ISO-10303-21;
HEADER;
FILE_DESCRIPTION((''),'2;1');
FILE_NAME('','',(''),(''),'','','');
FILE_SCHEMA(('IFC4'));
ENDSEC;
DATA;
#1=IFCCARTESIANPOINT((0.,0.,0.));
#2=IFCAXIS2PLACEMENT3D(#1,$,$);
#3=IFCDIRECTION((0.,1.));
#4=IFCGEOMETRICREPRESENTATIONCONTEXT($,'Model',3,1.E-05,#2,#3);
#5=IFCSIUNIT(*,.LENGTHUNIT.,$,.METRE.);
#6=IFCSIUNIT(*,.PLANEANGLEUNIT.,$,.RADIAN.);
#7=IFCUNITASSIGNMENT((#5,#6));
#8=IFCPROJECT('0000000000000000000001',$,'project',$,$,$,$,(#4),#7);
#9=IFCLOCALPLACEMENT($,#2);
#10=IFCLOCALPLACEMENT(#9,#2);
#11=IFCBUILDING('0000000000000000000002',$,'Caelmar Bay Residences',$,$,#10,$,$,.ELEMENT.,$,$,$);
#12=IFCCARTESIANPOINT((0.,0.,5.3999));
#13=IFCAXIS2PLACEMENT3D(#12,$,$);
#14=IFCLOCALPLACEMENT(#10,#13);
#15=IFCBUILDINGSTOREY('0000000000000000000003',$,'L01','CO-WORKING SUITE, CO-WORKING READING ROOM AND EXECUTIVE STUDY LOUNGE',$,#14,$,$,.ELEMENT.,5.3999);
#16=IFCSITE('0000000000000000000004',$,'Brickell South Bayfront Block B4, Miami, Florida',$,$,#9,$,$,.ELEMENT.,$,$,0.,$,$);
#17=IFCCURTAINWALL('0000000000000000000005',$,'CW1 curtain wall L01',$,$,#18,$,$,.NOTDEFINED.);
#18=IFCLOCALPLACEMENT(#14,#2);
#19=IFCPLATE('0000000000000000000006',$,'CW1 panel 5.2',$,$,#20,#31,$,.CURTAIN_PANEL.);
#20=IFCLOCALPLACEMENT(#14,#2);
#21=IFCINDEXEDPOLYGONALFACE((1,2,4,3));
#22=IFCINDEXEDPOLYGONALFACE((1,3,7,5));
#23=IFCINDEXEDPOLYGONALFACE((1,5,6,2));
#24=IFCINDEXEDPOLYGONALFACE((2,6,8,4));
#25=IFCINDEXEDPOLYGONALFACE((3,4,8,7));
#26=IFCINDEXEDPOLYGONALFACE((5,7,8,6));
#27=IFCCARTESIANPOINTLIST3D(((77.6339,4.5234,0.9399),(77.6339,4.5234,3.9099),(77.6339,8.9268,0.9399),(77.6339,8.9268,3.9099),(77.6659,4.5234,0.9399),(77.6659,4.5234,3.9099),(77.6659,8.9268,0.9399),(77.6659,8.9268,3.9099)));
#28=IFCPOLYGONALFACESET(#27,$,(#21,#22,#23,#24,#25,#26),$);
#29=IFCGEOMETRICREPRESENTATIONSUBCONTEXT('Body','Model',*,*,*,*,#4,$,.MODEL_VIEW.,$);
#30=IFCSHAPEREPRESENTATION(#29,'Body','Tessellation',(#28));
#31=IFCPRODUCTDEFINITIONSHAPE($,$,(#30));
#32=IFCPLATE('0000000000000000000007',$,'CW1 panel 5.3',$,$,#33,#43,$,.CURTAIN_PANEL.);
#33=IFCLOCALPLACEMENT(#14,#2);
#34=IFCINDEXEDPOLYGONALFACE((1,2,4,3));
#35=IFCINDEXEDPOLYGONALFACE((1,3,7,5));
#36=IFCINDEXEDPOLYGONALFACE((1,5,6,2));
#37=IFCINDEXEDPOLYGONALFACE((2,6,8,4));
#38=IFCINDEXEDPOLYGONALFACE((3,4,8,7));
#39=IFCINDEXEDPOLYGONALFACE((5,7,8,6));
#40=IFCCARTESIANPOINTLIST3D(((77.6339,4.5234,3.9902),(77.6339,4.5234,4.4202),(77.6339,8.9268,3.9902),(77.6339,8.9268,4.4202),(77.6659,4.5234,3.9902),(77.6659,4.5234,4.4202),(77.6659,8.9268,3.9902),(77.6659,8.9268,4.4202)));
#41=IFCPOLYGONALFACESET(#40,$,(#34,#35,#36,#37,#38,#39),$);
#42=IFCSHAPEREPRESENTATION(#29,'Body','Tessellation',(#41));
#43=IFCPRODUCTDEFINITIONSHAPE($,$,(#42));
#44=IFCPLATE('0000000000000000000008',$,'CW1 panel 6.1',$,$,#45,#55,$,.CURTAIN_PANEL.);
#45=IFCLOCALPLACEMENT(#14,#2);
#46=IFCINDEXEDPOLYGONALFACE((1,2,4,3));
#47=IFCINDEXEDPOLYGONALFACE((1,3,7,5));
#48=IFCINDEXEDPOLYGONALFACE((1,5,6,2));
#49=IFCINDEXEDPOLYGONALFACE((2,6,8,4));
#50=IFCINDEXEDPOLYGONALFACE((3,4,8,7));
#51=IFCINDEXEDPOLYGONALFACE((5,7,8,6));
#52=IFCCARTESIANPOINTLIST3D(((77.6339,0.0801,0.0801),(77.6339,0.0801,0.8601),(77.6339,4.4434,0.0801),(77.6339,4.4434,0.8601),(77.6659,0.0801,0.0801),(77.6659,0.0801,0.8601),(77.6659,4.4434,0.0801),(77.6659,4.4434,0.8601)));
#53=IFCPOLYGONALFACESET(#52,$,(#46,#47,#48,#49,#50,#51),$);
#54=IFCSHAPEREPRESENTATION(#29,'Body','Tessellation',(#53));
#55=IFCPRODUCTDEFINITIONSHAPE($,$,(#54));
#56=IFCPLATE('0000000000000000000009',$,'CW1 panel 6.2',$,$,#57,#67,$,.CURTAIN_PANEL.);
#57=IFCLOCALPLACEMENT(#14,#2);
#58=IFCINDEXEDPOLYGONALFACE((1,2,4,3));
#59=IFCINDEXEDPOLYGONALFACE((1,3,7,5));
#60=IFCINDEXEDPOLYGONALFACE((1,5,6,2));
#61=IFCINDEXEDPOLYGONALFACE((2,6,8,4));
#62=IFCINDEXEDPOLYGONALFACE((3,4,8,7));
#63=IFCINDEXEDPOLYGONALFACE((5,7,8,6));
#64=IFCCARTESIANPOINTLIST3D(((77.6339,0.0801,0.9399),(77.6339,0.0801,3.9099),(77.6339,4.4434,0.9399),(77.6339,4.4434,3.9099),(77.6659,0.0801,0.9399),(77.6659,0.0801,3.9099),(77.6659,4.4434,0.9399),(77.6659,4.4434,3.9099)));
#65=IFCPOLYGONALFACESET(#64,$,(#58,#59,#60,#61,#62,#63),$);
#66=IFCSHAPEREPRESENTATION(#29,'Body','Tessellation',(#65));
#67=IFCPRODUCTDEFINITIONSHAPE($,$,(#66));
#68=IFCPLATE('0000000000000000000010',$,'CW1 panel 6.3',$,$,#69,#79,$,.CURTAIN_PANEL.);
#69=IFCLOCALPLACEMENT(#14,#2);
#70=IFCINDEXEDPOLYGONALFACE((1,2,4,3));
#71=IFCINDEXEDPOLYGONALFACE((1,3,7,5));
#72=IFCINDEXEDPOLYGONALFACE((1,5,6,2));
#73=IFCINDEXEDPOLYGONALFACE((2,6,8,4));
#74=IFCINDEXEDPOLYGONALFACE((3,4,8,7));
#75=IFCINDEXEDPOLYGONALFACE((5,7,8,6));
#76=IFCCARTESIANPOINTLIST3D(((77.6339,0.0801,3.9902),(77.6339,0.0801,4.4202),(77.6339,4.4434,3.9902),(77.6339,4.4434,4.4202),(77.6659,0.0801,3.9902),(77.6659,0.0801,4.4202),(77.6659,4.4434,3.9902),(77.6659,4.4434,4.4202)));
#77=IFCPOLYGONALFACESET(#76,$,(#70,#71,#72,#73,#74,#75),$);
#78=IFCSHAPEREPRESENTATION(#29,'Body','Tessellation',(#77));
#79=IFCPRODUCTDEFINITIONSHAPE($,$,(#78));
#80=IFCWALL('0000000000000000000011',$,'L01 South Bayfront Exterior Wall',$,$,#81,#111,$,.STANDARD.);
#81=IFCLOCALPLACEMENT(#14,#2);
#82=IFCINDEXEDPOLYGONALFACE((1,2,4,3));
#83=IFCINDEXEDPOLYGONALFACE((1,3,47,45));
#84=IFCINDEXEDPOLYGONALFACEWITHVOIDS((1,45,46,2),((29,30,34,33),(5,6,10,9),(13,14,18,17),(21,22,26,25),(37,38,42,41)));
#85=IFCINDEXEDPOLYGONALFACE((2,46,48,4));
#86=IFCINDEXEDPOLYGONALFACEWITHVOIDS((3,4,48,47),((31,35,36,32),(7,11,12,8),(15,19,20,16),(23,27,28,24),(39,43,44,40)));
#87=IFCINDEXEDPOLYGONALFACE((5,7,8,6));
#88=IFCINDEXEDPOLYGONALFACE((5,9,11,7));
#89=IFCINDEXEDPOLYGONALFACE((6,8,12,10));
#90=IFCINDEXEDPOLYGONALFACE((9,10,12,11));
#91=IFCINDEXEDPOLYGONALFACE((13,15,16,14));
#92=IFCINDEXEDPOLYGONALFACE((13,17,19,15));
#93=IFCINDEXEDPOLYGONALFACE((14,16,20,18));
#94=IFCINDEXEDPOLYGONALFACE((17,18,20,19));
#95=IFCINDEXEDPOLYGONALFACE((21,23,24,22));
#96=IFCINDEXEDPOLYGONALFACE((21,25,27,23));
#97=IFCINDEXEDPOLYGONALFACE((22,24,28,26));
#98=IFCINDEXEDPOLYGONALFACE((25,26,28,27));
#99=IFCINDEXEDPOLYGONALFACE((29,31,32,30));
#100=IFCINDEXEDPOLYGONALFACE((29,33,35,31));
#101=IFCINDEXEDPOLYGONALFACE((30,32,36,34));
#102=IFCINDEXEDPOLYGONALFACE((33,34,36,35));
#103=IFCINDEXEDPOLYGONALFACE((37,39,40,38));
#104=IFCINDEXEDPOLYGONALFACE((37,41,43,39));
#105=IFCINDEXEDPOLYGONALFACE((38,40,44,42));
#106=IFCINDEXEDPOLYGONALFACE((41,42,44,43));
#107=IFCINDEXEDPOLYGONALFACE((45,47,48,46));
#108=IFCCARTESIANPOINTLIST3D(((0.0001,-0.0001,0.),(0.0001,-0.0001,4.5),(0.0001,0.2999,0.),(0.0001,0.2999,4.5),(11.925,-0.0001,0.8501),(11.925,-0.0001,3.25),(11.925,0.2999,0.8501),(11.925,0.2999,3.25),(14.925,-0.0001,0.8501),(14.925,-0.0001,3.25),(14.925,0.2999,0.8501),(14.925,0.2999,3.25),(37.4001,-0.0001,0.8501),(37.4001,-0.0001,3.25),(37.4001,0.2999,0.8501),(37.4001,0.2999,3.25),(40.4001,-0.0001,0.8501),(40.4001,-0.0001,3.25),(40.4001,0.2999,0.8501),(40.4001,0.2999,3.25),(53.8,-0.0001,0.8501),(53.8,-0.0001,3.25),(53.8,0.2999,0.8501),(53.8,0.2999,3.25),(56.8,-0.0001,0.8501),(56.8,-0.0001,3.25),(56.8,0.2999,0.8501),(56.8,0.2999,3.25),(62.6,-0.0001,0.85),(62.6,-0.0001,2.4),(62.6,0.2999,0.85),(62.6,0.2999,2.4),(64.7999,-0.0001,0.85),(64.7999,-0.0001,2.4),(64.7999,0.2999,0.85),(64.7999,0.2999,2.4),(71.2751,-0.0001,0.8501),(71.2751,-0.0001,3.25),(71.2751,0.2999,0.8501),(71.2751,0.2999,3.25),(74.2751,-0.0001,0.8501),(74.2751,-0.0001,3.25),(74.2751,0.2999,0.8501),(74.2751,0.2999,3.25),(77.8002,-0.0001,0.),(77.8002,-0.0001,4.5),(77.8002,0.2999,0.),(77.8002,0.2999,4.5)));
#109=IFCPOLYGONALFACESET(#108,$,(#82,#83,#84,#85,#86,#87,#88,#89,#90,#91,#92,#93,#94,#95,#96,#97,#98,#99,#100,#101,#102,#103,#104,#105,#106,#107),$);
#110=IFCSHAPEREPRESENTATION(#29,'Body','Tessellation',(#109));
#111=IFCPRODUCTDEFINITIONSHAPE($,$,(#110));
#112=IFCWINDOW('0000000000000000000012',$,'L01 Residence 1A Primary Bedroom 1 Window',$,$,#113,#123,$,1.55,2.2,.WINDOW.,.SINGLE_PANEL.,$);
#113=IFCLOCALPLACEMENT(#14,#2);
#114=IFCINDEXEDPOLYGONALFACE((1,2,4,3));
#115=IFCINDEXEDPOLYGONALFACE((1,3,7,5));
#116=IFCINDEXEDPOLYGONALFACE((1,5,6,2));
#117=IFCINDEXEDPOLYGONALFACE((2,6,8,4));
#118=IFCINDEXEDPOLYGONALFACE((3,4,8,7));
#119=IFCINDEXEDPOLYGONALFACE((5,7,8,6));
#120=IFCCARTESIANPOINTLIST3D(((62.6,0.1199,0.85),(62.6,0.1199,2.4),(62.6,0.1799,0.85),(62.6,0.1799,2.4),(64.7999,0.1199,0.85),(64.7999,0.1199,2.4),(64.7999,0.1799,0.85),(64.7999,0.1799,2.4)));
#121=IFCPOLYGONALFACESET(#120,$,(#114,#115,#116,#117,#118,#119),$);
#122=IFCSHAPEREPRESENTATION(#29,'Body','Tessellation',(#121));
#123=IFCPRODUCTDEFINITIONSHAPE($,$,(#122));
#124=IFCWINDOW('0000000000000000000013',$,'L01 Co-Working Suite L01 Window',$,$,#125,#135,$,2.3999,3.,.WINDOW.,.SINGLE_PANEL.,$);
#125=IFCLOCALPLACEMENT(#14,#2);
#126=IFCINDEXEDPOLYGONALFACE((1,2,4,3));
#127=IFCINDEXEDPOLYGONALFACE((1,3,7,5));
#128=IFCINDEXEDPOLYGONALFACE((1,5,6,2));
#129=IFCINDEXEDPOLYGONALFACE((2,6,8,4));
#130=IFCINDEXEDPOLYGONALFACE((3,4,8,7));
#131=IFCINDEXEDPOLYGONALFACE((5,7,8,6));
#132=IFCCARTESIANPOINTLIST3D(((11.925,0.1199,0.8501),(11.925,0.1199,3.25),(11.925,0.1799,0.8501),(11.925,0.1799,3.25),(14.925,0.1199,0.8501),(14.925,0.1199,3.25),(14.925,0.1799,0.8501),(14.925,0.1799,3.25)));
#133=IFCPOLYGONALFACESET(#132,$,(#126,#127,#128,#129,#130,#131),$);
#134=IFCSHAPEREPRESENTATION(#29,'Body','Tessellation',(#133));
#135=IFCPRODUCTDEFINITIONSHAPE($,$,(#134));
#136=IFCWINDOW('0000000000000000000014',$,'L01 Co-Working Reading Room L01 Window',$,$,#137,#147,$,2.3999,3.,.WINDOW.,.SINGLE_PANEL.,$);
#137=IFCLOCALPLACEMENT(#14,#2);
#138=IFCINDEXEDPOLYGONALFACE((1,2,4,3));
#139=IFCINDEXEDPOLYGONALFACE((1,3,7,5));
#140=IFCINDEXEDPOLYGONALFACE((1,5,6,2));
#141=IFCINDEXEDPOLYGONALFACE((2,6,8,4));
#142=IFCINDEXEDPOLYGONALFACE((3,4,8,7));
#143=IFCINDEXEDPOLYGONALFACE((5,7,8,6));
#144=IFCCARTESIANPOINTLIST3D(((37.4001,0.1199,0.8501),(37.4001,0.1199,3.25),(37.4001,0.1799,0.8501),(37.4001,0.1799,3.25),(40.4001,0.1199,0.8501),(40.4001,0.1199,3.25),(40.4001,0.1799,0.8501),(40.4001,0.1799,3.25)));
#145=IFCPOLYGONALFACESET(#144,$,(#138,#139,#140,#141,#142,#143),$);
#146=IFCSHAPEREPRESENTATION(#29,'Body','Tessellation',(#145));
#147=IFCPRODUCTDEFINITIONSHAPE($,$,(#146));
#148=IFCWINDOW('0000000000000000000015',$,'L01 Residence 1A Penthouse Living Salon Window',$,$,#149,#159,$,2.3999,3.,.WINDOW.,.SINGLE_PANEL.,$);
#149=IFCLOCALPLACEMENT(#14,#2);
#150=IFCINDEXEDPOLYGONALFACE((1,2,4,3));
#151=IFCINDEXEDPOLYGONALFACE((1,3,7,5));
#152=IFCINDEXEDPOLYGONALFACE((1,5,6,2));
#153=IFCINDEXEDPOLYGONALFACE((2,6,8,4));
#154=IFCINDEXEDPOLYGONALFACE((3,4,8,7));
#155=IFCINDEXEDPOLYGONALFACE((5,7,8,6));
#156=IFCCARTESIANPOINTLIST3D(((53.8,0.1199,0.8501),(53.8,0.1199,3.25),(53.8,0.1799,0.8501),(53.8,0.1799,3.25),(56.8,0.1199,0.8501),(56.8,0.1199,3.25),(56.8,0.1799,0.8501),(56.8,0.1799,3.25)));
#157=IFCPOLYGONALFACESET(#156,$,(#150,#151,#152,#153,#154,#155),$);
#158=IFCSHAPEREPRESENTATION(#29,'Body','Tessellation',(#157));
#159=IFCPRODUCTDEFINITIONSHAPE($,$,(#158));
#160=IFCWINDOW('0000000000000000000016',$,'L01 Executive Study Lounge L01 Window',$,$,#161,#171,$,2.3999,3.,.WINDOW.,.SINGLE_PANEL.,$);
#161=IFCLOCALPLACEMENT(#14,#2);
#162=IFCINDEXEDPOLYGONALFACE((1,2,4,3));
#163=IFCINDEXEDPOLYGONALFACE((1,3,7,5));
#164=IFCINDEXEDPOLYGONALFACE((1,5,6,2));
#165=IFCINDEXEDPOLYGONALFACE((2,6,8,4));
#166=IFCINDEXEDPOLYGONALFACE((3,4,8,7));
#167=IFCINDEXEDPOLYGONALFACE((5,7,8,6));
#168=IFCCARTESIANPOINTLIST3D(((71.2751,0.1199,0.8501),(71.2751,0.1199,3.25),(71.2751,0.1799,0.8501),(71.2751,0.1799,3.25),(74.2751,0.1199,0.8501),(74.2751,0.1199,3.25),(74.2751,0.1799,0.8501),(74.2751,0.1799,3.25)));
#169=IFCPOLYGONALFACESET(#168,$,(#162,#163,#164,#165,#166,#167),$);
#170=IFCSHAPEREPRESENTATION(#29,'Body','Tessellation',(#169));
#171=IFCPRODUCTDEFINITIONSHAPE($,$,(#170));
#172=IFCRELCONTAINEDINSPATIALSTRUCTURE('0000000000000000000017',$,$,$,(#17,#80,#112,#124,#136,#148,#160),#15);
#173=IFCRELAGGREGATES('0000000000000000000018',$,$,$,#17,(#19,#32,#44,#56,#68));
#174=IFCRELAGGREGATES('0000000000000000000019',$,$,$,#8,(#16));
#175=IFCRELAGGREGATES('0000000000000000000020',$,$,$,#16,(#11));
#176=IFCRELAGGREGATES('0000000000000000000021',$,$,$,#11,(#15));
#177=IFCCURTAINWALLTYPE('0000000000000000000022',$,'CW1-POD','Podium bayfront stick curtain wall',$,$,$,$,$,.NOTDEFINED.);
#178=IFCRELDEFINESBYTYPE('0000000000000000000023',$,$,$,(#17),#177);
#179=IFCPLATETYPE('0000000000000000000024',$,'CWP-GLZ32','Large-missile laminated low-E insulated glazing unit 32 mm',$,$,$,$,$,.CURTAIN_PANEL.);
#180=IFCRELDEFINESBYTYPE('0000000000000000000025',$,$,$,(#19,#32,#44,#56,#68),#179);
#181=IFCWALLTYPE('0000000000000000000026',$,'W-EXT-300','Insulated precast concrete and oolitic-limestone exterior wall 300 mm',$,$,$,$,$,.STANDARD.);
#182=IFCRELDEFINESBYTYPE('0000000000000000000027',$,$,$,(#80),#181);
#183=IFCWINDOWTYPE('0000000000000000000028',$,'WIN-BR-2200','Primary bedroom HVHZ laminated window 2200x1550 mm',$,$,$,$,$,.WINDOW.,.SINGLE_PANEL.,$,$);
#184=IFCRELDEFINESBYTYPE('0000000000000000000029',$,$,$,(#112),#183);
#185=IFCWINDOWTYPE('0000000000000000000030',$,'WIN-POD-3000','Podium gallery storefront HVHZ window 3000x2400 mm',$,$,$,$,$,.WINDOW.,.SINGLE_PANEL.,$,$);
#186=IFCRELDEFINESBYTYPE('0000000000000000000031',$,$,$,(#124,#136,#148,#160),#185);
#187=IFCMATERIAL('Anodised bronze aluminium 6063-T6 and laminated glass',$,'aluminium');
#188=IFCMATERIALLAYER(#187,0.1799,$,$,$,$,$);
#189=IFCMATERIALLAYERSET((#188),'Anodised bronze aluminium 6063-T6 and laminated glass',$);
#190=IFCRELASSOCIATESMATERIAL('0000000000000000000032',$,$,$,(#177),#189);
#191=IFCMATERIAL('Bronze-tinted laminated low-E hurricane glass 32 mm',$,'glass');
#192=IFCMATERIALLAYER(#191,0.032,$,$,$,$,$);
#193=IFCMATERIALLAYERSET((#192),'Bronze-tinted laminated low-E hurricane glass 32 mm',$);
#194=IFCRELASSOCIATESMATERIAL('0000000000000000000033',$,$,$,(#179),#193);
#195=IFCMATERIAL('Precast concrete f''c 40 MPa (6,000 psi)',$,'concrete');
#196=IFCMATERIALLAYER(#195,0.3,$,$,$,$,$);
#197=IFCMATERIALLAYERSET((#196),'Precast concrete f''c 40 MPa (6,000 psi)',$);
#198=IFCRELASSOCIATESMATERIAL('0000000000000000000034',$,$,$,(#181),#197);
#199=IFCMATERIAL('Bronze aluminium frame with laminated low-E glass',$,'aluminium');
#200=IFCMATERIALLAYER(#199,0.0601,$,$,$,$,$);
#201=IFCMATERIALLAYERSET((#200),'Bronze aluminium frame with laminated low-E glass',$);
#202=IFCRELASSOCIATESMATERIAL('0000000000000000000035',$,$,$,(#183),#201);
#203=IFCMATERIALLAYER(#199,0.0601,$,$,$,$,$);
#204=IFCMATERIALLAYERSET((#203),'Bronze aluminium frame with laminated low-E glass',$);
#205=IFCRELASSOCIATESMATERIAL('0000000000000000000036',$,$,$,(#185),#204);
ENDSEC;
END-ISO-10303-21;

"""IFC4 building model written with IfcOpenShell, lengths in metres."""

from ifc_helpers import new_model, si_unit, direction, frame, frame_2d, origin, origin_2d, place, context, subcontext, project, spatial, rectangle, extrude, material, layer, layer_set, type_object, element, fill, aggregate, save


model = new_model("IFC4")

# Units and contexts
model_context = context("Model", 3, precision=1e-05, world=origin(), true_north=direction((0.0, 1.0)))
body_context = subcontext(model_context, "Body", "Model", "MODEL_VIEW")
ifc_project = project(units=[si_unit("LENGTHUNIT", "METRE"), si_unit("PLANEANGLEUNIT", "RADIAN")], contexts=[model_context])

# Site, building, storey
site_placement = place(None, origin())
site = spatial("IfcSite", under=ifc_project, at=site_placement, Name="Brickell South Bayfront Block B4, Miami, Florida", CompositionType="ELEMENT", RefElevation=0.0)
building_placement = place(site_placement, origin())
building = spatial("IfcBuilding", under=site, at=building_placement, Name="Caelmar Bay Residences", CompositionType="ELEMENT")
storey_placement = place(building_placement, frame((0.0, 0.0, 5.3999)))
storey = spatial("IfcBuildingStorey", under=building, at=storey_placement, Name="L01", Description="CO-WORKING SUITE, CO-WORKING READING ROOM AND EXECUTIVE STUDY LOUNGE", CompositionType="ELEMENT", Elevation=5.3999)

# Curtain wall, plates
ifc_material_1 = material(Name="Anodised bronze aluminium 6063-T6 and laminated glass", Category="aluminium")
ifc_layer_1 = layer(ifc_material_1, 0.1799)
ifc_layer_set_1 = layer_set([ifc_layer_1], Name="Anodised bronze aluminium 6063-T6 and laminated glass")
curtain_wall_type = type_object("IfcCurtainWallType", Name="CW1-POD", Description="Podium bayfront stick curtain wall", PredefinedType="NOTDEFINED", material=ifc_layer_set_1)
curtain_wall_placement = place(storey_placement, origin())
curtain_wall = element("IfcCurtainWall", 1, at=curtain_wall_placement, inside=storey, type_object=curtain_wall_type, Name="CW1 curtain wall L01", PredefinedType="NOTDEFINED")
ifc_material_2 = material(Name="Bronze-tinted laminated low-E hurricane glass 32 mm", Category="glass")
ifc_layer_2 = layer(ifc_material_2, 0.032)
ifc_layer_set_2 = layer_set([ifc_layer_2], Name="Bronze-tinted laminated low-E hurricane glass 32 mm")
plate_type = type_object("IfcPlateType", Name="CWP-GLZ32", Description="Large-missile laminated low-E insulated glazing unit 32 mm", PredefinedType="CURTAIN_PANEL", material=ifc_layer_set_2)
plate_1_placement = place(storey_placement, frame((77.6499, 6.7251, 0.9399), z_axis=(0.0, 0.0, 1.0), x_axis=(0.0, -1.0, 0.0)))
plate_1 = element("IfcPlate", 2, at=plate_1_placement, type_object=plate_type, Name="CW1 panel 5.2", PredefinedType="CURTAIN_PANEL", context=body_context, shape_type="SweptSolid", body=[
    extrude(rectangle(XDim=4.4033, YDim=0.032, at=origin_2d()), origin(), (0.0, 0.0, 1.0), 2.97),
])
plate_2_placement = place(storey_placement, frame((77.6499, 6.7251, 3.9902), z_axis=(0.0, 0.0, 1.0), x_axis=(0.0, -1.0, 0.0)))
plate_2 = element("IfcPlate", 3, at=plate_2_placement, type_object=plate_type, Name="CW1 panel 5.3", PredefinedType="CURTAIN_PANEL", context=body_context, shape_type="SweptSolid", body=[
    extrude(rectangle(XDim=4.4033, YDim=0.032, at=origin_2d()), origin(), (0.0, 0.0, 1.0), 0.4299),
])
plate_3_placement = place(storey_placement, frame((77.6499, 2.2617, 0.0801), z_axis=(0.0, 0.0, 1.0), x_axis=(0.0, -1.0, 0.0)))
plate_3 = element("IfcPlate", 4, at=plate_3_placement, type_object=plate_type, Name="CW1 panel 6.1", PredefinedType="CURTAIN_PANEL", context=body_context, shape_type="SweptSolid", body=[
    extrude(rectangle(XDim=4.3633, YDim=0.032, at=origin_2d()), origin(), (0.0, 0.0, 1.0), 0.78),
])
plate_4_placement = place(storey_placement, frame((77.6499, 2.2617, 0.9399), z_axis=(0.0, 0.0, 1.0), x_axis=(0.0, -1.0, 0.0)))
plate_4 = element("IfcPlate", 5, at=plate_4_placement, type_object=plate_type, Name="CW1 panel 6.2", PredefinedType="CURTAIN_PANEL", context=body_context, shape_type="SweptSolid", body=[
    extrude(rectangle(XDim=4.3633, YDim=0.032, at=origin_2d()), origin(), (0.0, 0.0, 1.0), 2.97),
])
plate_5_placement = place(storey_placement, frame((77.6499, 2.2617, 3.9902), z_axis=(0.0, 0.0, 1.0), x_axis=(0.0, -1.0, 0.0)))
plate_5 = element("IfcPlate", 6, at=plate_5_placement, type_object=plate_type, Name="CW1 panel 6.3", PredefinedType="CURTAIN_PANEL", context=body_context, shape_type="SweptSolid", body=[
    extrude(rectangle(XDim=4.3633, YDim=0.032, at=origin_2d()), origin(), (0.0, 0.0, 1.0), 0.4299),
])
aggregate(curtain_wall, [plate_1, plate_2, plate_3, plate_4, plate_5])

# Wall, openings, windows
ifc_material_3 = material(Name="Precast concrete f'c 40 MPa (6,000 psi)", Category="concrete")
ifc_layer_3 = layer(ifc_material_3, 0.3)
ifc_layer_set_3 = layer_set([ifc_layer_3], Name="Precast concrete f'c 40 MPa (6,000 psi)")
wall_type = type_object("IfcWallType", Name="W-EXT-300", Description="Insulated precast concrete and oolitic-limestone exterior wall 300 mm", PredefinedType="STANDARD", material=ifc_layer_set_3)
wall_placement = place(storey_placement, frame((77.8, 0.1499, 0.0), z_axis=(0.0, 0.0, 1.0), x_axis=(-1.0, 0.0, 0.0)))
wall = element("IfcWall", 7, at=wall_placement, inside=storey, type_object=wall_type, Name="L01 South Bayfront Exterior Wall", PredefinedType="STANDARD", context=body_context, shape_type="SweptSolid", body=[
    extrude(rectangle(XDim=77.8, YDim=0.3, at=frame_2d((38.8999, 0.0))), origin(), (0.0, 0.0, 1.0), 4.5),
])
opening_1_placement = place(wall_placement, frame((62.875, 0.0, 0.8501)))
opening_1 = element("IfcOpeningElement", 8, at=opening_1_placement, cuts=wall, PredefinedType="OPENING", context=body_context, shape_type="SweptSolid", body=[
    extrude(rectangle(XDim=3.0, YDim=2.3999, at=frame_2d((1.5, 1.2))), frame((0.0, 0.1599, 0.0), z_axis=(0.0, -1.0, 0.0), x_axis=(1.0, 0.0, 0.0)), (0.0, 0.0, 1.0), 0.3201),
])
opening_2_placement = place(wall_placement, frame((37.3999, 0.0, 0.8501)))
opening_2 = element("IfcOpeningElement", 9, at=opening_2_placement, cuts=wall, PredefinedType="OPENING", context=body_context, shape_type="SweptSolid", body=[
    extrude(rectangle(XDim=3.0, YDim=2.3999, at=frame_2d((1.5, 1.2))), frame((0.0, 0.1599, 0.0), z_axis=(0.0, -1.0, 0.0), x_axis=(1.0, 0.0, 0.0)), (0.0, 0.0, 1.0), 0.3201),
])
opening_3_placement = place(wall_placement, frame((21.0, 0.0, 0.8501)))
opening_3 = element("IfcOpeningElement", 10, at=opening_3_placement, cuts=wall, PredefinedType="OPENING", context=body_context, shape_type="SweptSolid", body=[
    extrude(rectangle(XDim=3.0, YDim=2.3999, at=frame_2d((1.5, 1.2))), frame((0.0, 0.1599, 0.0), z_axis=(0.0, -1.0, 0.0), x_axis=(1.0, 0.0, 0.0)), (0.0, 0.0, 1.0), 0.3201),
])
opening_4_placement = place(wall_placement, frame((13.0, 0.0, 0.8501)))
opening_4 = element("IfcOpeningElement", 11, at=opening_4_placement, cuts=wall, PredefinedType="OPENING", context=body_context, shape_type="SweptSolid", body=[
    extrude(rectangle(XDim=2.2, YDim=1.55, at=frame_2d((1.1001, 0.7749))), frame((0.0, 0.1599, 0.0), z_axis=(0.0, -1.0, 0.0), x_axis=(1.0, 0.0, 0.0)), (0.0, 0.0, 1.0), 0.3201),
])
opening_5_placement = place(wall_placement, frame((3.5249, 0.0, 0.8501)))
opening_5 = element("IfcOpeningElement", 12, at=opening_5_placement, cuts=wall, PredefinedType="OPENING", context=body_context, shape_type="SweptSolid", body=[
    extrude(rectangle(XDim=3.0, YDim=2.3999, at=frame_2d((1.5, 1.2))), frame((0.0, 0.1599, 0.0), z_axis=(0.0, -1.0, 0.0), x_axis=(1.0, 0.0, 0.0)), (0.0, 0.0, 1.0), 0.3201),
])
ifc_material_4 = material(Name="Bronze aluminium frame with laminated low-E glass", Category="aluminium")
ifc_layer_4 = layer(ifc_material_4, 0.0601)
ifc_layer_set_4 = layer_set([ifc_layer_4], Name="Bronze aluminium frame with laminated low-E glass")
window_type_1 = type_object("IfcWindowType", Name="WIN-BR-2200", Description="Primary bedroom HVHZ laminated window 2200x1550 mm", PartitioningType="SINGLE_PANEL", PredefinedType="WINDOW", material=ifc_layer_set_4)
window_1_placement = place(opening_4_placement, origin())
window_1 = element("IfcWindow", 13, at=window_1_placement, inside=storey, type_object=window_type_1, Name="L01 Residence 1A Primary Bedroom 1 Window", OverallHeight=1.55, OverallWidth=2.2, PartitioningType="SINGLE_PANEL", PredefinedType="WINDOW", context=body_context, shape_type="SweptSolid", body=[
    extrude(rectangle(XDim=2.2, YDim=1.55, at=frame_2d((1.1001, 0.7749))), frame((0.0, 0.03, 0.0), z_axis=(0.0, -1.0, 0.0), x_axis=(1.0, 0.0, 0.0)), (0.0, 0.0, 1.0), 0.0601),
])
fill(opening_4, window_1)
ifc_layer_5 = layer(ifc_material_4, 0.0601)
ifc_layer_set_5 = layer_set([ifc_layer_5], Name="Bronze aluminium frame with laminated low-E glass")
window_type_2 = type_object("IfcWindowType", Name="WIN-POD-3000", Description="Podium gallery storefront HVHZ window 3000x2400 mm", PartitioningType="SINGLE_PANEL", PredefinedType="WINDOW", material=ifc_layer_set_5)
window_2_placement = place(opening_1_placement, origin())
window_2 = element("IfcWindow", 14, at=window_2_placement, inside=storey, type_object=window_type_2, Name="L01 Co-Working Suite L01 Window", OverallHeight=2.3999, OverallWidth=3.0, PartitioningType="SINGLE_PANEL", PredefinedType="WINDOW", context=body_context, shape_type="SweptSolid", body=[
    extrude(rectangle(XDim=3.0, YDim=2.3999, at=frame_2d((1.5, 1.2))), frame((0.0, 0.03, 0.0), z_axis=(0.0, -1.0, 0.0), x_axis=(1.0, 0.0, 0.0)), (0.0, 0.0, 1.0), 0.0601),
])
fill(opening_1, window_2)
window_3_placement = place(opening_2_placement, origin())
window_3 = element("IfcWindow", 15, at=window_3_placement, inside=storey, type_object=window_type_2, Name="L01 Co-Working Reading Room L01 Window", OverallHeight=2.3999, OverallWidth=3.0, PartitioningType="SINGLE_PANEL", PredefinedType="WINDOW", context=body_context, shape_type="SweptSolid", body=[
    extrude(rectangle(XDim=3.0, YDim=2.3999, at=frame_2d((1.5, 1.2))), frame((0.0, 0.03, 0.0), z_axis=(0.0, -1.0, 0.0), x_axis=(1.0, 0.0, 0.0)), (0.0, 0.0, 1.0), 0.0601),
])
fill(opening_2, window_3)
window_4_placement = place(opening_3_placement, origin())
window_4 = element("IfcWindow", 16, at=window_4_placement, inside=storey, type_object=window_type_2, Name="L01 Residence 1A Penthouse Living Salon Window", OverallHeight=2.3999, OverallWidth=3.0, PartitioningType="SINGLE_PANEL", PredefinedType="WINDOW", context=body_context, shape_type="SweptSolid", body=[
    extrude(rectangle(XDim=3.0, YDim=2.3999, at=frame_2d((1.5, 1.2))), frame((0.0, 0.03, 0.0), z_axis=(0.0, -1.0, 0.0), x_axis=(1.0, 0.0, 0.0)), (0.0, 0.0, 1.0), 0.0601),
])
fill(opening_3, window_4)
window_5_placement = place(opening_5_placement, origin())
window_5 = element("IfcWindow", 17, at=window_5_placement, inside=storey, type_object=window_type_2, Name="L01 Executive Study Lounge L01 Window", OverallHeight=2.3999, OverallWidth=3.0, PartitioningType="SINGLE_PANEL", PredefinedType="WINDOW", context=body_context, shape_type="SweptSolid", body=[
    extrude(rectangle(XDim=3.0, YDim=2.3999, at=frame_2d((1.5, 1.2))), frame((0.0, 0.03, 0.0), z_axis=(0.0, -1.0, 0.0), x_axis=(1.0, 0.0, 0.0)), (0.0, 0.0, 1.0), 0.0601),
])
fill(opening_5, window_5)

save(model, "model.ifc")
